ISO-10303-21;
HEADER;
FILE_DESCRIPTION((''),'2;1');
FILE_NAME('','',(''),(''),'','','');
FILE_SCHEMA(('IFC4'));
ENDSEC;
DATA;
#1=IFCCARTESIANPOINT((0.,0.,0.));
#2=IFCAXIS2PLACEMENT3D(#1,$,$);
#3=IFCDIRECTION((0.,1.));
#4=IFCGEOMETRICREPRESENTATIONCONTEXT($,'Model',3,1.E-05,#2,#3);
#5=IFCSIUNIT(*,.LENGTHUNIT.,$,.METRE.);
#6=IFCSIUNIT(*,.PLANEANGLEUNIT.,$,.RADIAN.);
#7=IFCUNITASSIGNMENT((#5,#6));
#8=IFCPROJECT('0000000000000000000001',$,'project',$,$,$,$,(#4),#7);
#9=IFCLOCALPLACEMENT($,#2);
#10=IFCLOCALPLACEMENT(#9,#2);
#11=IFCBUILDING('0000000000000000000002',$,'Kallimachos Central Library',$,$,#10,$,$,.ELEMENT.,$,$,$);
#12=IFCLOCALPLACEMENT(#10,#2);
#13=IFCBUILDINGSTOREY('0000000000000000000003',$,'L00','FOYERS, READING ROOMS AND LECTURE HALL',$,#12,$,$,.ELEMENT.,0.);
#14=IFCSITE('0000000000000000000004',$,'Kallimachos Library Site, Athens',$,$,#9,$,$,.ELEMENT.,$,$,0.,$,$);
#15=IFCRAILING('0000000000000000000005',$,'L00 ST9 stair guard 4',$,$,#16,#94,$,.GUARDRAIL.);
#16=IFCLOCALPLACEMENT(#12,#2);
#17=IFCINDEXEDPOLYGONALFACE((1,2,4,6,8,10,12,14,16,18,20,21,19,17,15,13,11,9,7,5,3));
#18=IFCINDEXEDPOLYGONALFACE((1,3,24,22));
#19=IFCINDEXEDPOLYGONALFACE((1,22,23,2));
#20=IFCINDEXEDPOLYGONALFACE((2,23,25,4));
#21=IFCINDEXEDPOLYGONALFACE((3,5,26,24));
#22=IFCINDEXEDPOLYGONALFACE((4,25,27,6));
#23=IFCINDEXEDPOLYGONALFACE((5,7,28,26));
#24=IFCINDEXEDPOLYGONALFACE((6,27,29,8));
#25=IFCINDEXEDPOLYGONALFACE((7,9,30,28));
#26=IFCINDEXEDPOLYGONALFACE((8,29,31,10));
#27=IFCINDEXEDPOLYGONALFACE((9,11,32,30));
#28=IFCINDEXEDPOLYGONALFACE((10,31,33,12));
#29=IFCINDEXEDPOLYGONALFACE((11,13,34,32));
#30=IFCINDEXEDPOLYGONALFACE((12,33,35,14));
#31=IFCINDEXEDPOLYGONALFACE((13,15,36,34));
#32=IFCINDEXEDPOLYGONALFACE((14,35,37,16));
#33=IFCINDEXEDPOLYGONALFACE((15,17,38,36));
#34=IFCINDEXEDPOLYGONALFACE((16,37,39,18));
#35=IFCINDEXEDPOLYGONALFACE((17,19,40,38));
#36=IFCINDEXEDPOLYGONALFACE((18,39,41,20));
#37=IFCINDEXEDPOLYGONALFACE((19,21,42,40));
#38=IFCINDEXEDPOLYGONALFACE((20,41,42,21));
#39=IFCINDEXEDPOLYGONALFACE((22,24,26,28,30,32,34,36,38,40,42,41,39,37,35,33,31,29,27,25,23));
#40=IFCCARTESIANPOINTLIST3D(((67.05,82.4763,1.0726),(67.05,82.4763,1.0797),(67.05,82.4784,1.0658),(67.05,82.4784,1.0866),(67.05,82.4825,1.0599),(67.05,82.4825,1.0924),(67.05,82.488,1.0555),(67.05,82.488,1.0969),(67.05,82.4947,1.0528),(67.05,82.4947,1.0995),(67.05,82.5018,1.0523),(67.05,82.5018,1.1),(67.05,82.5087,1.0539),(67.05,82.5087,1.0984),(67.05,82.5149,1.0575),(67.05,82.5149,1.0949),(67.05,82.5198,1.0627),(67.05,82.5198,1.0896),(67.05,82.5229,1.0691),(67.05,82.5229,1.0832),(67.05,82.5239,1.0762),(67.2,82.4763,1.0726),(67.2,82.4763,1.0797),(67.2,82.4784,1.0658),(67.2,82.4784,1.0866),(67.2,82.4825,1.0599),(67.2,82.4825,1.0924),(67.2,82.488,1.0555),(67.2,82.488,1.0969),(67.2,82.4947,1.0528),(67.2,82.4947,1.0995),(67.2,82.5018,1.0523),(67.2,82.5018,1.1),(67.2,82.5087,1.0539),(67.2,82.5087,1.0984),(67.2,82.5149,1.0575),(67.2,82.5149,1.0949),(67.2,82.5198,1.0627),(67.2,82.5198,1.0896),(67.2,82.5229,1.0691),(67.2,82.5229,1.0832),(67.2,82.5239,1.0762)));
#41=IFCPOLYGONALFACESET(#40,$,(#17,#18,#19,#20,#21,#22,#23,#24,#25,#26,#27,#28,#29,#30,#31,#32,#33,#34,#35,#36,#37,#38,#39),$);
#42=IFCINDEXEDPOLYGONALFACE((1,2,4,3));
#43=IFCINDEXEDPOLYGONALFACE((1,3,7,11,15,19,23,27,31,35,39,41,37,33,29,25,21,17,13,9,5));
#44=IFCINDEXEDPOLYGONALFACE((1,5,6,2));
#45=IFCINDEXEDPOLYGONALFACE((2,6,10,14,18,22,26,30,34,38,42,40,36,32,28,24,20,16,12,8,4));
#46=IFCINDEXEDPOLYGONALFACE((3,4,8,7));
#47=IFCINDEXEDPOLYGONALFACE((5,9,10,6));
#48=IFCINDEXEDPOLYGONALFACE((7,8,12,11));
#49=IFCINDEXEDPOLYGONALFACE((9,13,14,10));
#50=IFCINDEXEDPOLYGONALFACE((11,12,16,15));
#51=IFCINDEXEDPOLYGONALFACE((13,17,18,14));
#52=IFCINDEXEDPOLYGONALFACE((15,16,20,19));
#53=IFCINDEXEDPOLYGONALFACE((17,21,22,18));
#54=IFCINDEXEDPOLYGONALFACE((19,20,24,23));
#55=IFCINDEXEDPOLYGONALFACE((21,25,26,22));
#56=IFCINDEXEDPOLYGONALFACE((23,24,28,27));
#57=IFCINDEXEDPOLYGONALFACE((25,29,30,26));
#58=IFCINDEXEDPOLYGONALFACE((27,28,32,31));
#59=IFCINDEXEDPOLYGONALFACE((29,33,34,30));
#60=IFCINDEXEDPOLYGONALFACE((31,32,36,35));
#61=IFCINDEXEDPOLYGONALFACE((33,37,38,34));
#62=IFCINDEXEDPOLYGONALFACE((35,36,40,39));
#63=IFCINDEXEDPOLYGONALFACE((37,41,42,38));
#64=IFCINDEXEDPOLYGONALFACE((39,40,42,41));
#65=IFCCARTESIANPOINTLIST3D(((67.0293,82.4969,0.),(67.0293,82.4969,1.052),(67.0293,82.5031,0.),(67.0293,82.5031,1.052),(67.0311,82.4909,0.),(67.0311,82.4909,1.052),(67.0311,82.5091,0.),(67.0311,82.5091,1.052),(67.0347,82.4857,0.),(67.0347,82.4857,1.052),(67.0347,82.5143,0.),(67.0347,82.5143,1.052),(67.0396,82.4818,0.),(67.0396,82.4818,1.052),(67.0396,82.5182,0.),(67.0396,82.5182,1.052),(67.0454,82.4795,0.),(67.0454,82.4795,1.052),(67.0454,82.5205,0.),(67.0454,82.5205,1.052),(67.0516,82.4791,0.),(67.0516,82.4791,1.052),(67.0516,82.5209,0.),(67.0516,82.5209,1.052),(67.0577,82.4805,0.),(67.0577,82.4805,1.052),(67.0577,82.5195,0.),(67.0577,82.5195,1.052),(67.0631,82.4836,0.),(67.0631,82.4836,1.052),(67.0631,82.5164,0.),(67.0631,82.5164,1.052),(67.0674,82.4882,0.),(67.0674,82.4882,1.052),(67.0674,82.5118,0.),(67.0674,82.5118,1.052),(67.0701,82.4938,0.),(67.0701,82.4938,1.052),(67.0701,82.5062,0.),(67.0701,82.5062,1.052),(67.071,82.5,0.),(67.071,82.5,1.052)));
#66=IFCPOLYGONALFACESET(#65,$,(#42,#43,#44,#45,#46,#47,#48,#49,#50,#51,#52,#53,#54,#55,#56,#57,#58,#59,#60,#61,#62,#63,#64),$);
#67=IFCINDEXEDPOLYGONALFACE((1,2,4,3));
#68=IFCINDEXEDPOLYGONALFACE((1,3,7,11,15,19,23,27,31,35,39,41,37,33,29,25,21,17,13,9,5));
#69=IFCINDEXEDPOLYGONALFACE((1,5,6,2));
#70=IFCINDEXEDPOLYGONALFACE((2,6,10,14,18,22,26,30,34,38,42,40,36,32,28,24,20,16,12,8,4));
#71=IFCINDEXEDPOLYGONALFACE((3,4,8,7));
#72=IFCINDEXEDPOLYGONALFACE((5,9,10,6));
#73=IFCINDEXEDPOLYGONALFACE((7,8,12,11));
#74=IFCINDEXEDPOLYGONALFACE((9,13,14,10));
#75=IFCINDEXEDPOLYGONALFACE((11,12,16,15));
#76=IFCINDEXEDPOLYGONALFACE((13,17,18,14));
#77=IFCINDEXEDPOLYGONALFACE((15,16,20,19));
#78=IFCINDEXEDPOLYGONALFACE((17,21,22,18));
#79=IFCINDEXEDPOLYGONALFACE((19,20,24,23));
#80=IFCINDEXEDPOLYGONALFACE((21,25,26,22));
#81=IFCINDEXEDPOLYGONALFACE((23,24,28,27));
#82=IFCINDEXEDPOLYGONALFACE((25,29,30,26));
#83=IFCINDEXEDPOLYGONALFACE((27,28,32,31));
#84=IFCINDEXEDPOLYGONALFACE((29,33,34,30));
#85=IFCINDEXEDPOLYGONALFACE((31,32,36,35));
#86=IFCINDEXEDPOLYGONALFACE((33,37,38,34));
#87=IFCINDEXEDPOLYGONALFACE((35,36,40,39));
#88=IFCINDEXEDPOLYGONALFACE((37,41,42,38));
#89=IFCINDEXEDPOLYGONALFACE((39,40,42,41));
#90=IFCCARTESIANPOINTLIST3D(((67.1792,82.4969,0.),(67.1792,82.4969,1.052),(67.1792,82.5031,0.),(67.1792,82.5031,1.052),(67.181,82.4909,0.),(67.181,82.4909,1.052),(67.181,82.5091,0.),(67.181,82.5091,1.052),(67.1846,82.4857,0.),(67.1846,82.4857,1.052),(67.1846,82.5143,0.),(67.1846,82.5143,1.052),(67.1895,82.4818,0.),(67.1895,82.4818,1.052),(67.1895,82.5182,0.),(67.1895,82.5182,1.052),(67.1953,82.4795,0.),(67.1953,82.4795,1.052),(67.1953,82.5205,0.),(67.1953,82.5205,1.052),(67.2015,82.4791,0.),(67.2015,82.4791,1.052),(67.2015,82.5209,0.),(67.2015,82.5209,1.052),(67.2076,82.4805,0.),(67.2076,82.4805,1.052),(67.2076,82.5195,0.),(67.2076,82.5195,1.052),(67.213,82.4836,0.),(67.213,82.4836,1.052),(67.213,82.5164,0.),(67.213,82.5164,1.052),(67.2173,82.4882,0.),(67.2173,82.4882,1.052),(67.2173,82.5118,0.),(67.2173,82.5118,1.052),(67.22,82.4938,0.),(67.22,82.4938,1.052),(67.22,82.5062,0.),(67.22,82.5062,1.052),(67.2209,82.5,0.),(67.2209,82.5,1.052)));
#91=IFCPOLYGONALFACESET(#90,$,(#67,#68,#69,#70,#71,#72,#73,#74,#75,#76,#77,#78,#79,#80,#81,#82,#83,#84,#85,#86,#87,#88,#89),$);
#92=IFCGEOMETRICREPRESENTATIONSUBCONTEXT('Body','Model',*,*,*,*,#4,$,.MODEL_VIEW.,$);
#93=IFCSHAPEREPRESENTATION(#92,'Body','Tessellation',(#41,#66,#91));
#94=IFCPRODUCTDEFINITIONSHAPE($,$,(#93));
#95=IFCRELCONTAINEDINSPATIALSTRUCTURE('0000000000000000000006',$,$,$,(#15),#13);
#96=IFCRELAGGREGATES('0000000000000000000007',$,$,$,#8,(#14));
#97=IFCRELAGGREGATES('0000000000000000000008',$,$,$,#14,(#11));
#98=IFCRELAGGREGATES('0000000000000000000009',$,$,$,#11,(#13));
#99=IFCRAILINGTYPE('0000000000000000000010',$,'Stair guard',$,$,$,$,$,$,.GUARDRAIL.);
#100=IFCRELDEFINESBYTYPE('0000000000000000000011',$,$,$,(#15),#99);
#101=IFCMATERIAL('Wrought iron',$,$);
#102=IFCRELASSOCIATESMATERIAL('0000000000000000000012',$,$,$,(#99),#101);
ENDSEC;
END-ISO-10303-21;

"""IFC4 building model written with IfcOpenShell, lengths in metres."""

from ifc_helpers import new_model, si_unit, direction, frame, origin, origin_2d, place, context, subcontext, project, spatial, circle, extrude, material, type_object, element, save


model = new_model("IFC4")

# Units and contexts
model_context = context("Model", 3, precision=1e-05, world=origin(), true_north=direction((0.0, 1.0)))
body_context = subcontext(model_context, "Body", "Model", "MODEL_VIEW")
ifc_project = project(units=[si_unit("LENGTHUNIT", "METRE"), si_unit("PLANEANGLEUNIT", "RADIAN")], contexts=[model_context])

# Site, building, storey
site_placement = place(None, origin())
site = spatial("IfcSite", under=ifc_project, at=site_placement, Name="Kallimachos Library Site, Athens", CompositionType="ELEMENT", RefElevation=0.0)
building_placement = place(site_placement, origin())
building = spatial("IfcBuilding", under=site, at=building_placement, Name="Kallimachos Central Library", CompositionType="ELEMENT")
storey_placement = place(building_placement, origin())
storey = spatial("IfcBuildingStorey", under=building, at=storey_placement, Name="L00", Description="FOYERS, READING ROOMS AND LECTURE HALL", CompositionType="ELEMENT", Elevation=0.0)

# Railing
ifc_material_1 = material(Name="Wrought iron")
railing_type_1 = type_object("IfcRailingType", Name="Stair guard", PredefinedType="GUARDRAIL", material=ifc_material_1)
railing_1_placement = place(storey_placement, frame((67.05, 82.5, 0.0)))
element("IfcRailing", 1, at=railing_1_placement, inside=storey, type_object=railing_type_1, Name="L00 ST9 stair guard 4", PredefinedType="GUARDRAIL", context=body_context, shape_type="SweptSolid", body=[
    extrude(circle(Radius=0.0239, at=origin_2d()), frame((0.0, 0.0, 1.0762), z_axis=(1.0, 0.0, 0.0), x_axis=(0.0, 1.0, 0.0)), (0.0, 0.0, 1.0), 0.1499),
    extrude(circle(Radius=0.021, at=origin_2d()), origin(), (0.0, 0.0, 1.0), 1.052),
    extrude(circle(Radius=0.021, at=origin_2d()), frame((0.1499, 0.0, 0.0)), (0.0, 0.0, 1.0), 1.052),
])

save(model, "model.ifc")
